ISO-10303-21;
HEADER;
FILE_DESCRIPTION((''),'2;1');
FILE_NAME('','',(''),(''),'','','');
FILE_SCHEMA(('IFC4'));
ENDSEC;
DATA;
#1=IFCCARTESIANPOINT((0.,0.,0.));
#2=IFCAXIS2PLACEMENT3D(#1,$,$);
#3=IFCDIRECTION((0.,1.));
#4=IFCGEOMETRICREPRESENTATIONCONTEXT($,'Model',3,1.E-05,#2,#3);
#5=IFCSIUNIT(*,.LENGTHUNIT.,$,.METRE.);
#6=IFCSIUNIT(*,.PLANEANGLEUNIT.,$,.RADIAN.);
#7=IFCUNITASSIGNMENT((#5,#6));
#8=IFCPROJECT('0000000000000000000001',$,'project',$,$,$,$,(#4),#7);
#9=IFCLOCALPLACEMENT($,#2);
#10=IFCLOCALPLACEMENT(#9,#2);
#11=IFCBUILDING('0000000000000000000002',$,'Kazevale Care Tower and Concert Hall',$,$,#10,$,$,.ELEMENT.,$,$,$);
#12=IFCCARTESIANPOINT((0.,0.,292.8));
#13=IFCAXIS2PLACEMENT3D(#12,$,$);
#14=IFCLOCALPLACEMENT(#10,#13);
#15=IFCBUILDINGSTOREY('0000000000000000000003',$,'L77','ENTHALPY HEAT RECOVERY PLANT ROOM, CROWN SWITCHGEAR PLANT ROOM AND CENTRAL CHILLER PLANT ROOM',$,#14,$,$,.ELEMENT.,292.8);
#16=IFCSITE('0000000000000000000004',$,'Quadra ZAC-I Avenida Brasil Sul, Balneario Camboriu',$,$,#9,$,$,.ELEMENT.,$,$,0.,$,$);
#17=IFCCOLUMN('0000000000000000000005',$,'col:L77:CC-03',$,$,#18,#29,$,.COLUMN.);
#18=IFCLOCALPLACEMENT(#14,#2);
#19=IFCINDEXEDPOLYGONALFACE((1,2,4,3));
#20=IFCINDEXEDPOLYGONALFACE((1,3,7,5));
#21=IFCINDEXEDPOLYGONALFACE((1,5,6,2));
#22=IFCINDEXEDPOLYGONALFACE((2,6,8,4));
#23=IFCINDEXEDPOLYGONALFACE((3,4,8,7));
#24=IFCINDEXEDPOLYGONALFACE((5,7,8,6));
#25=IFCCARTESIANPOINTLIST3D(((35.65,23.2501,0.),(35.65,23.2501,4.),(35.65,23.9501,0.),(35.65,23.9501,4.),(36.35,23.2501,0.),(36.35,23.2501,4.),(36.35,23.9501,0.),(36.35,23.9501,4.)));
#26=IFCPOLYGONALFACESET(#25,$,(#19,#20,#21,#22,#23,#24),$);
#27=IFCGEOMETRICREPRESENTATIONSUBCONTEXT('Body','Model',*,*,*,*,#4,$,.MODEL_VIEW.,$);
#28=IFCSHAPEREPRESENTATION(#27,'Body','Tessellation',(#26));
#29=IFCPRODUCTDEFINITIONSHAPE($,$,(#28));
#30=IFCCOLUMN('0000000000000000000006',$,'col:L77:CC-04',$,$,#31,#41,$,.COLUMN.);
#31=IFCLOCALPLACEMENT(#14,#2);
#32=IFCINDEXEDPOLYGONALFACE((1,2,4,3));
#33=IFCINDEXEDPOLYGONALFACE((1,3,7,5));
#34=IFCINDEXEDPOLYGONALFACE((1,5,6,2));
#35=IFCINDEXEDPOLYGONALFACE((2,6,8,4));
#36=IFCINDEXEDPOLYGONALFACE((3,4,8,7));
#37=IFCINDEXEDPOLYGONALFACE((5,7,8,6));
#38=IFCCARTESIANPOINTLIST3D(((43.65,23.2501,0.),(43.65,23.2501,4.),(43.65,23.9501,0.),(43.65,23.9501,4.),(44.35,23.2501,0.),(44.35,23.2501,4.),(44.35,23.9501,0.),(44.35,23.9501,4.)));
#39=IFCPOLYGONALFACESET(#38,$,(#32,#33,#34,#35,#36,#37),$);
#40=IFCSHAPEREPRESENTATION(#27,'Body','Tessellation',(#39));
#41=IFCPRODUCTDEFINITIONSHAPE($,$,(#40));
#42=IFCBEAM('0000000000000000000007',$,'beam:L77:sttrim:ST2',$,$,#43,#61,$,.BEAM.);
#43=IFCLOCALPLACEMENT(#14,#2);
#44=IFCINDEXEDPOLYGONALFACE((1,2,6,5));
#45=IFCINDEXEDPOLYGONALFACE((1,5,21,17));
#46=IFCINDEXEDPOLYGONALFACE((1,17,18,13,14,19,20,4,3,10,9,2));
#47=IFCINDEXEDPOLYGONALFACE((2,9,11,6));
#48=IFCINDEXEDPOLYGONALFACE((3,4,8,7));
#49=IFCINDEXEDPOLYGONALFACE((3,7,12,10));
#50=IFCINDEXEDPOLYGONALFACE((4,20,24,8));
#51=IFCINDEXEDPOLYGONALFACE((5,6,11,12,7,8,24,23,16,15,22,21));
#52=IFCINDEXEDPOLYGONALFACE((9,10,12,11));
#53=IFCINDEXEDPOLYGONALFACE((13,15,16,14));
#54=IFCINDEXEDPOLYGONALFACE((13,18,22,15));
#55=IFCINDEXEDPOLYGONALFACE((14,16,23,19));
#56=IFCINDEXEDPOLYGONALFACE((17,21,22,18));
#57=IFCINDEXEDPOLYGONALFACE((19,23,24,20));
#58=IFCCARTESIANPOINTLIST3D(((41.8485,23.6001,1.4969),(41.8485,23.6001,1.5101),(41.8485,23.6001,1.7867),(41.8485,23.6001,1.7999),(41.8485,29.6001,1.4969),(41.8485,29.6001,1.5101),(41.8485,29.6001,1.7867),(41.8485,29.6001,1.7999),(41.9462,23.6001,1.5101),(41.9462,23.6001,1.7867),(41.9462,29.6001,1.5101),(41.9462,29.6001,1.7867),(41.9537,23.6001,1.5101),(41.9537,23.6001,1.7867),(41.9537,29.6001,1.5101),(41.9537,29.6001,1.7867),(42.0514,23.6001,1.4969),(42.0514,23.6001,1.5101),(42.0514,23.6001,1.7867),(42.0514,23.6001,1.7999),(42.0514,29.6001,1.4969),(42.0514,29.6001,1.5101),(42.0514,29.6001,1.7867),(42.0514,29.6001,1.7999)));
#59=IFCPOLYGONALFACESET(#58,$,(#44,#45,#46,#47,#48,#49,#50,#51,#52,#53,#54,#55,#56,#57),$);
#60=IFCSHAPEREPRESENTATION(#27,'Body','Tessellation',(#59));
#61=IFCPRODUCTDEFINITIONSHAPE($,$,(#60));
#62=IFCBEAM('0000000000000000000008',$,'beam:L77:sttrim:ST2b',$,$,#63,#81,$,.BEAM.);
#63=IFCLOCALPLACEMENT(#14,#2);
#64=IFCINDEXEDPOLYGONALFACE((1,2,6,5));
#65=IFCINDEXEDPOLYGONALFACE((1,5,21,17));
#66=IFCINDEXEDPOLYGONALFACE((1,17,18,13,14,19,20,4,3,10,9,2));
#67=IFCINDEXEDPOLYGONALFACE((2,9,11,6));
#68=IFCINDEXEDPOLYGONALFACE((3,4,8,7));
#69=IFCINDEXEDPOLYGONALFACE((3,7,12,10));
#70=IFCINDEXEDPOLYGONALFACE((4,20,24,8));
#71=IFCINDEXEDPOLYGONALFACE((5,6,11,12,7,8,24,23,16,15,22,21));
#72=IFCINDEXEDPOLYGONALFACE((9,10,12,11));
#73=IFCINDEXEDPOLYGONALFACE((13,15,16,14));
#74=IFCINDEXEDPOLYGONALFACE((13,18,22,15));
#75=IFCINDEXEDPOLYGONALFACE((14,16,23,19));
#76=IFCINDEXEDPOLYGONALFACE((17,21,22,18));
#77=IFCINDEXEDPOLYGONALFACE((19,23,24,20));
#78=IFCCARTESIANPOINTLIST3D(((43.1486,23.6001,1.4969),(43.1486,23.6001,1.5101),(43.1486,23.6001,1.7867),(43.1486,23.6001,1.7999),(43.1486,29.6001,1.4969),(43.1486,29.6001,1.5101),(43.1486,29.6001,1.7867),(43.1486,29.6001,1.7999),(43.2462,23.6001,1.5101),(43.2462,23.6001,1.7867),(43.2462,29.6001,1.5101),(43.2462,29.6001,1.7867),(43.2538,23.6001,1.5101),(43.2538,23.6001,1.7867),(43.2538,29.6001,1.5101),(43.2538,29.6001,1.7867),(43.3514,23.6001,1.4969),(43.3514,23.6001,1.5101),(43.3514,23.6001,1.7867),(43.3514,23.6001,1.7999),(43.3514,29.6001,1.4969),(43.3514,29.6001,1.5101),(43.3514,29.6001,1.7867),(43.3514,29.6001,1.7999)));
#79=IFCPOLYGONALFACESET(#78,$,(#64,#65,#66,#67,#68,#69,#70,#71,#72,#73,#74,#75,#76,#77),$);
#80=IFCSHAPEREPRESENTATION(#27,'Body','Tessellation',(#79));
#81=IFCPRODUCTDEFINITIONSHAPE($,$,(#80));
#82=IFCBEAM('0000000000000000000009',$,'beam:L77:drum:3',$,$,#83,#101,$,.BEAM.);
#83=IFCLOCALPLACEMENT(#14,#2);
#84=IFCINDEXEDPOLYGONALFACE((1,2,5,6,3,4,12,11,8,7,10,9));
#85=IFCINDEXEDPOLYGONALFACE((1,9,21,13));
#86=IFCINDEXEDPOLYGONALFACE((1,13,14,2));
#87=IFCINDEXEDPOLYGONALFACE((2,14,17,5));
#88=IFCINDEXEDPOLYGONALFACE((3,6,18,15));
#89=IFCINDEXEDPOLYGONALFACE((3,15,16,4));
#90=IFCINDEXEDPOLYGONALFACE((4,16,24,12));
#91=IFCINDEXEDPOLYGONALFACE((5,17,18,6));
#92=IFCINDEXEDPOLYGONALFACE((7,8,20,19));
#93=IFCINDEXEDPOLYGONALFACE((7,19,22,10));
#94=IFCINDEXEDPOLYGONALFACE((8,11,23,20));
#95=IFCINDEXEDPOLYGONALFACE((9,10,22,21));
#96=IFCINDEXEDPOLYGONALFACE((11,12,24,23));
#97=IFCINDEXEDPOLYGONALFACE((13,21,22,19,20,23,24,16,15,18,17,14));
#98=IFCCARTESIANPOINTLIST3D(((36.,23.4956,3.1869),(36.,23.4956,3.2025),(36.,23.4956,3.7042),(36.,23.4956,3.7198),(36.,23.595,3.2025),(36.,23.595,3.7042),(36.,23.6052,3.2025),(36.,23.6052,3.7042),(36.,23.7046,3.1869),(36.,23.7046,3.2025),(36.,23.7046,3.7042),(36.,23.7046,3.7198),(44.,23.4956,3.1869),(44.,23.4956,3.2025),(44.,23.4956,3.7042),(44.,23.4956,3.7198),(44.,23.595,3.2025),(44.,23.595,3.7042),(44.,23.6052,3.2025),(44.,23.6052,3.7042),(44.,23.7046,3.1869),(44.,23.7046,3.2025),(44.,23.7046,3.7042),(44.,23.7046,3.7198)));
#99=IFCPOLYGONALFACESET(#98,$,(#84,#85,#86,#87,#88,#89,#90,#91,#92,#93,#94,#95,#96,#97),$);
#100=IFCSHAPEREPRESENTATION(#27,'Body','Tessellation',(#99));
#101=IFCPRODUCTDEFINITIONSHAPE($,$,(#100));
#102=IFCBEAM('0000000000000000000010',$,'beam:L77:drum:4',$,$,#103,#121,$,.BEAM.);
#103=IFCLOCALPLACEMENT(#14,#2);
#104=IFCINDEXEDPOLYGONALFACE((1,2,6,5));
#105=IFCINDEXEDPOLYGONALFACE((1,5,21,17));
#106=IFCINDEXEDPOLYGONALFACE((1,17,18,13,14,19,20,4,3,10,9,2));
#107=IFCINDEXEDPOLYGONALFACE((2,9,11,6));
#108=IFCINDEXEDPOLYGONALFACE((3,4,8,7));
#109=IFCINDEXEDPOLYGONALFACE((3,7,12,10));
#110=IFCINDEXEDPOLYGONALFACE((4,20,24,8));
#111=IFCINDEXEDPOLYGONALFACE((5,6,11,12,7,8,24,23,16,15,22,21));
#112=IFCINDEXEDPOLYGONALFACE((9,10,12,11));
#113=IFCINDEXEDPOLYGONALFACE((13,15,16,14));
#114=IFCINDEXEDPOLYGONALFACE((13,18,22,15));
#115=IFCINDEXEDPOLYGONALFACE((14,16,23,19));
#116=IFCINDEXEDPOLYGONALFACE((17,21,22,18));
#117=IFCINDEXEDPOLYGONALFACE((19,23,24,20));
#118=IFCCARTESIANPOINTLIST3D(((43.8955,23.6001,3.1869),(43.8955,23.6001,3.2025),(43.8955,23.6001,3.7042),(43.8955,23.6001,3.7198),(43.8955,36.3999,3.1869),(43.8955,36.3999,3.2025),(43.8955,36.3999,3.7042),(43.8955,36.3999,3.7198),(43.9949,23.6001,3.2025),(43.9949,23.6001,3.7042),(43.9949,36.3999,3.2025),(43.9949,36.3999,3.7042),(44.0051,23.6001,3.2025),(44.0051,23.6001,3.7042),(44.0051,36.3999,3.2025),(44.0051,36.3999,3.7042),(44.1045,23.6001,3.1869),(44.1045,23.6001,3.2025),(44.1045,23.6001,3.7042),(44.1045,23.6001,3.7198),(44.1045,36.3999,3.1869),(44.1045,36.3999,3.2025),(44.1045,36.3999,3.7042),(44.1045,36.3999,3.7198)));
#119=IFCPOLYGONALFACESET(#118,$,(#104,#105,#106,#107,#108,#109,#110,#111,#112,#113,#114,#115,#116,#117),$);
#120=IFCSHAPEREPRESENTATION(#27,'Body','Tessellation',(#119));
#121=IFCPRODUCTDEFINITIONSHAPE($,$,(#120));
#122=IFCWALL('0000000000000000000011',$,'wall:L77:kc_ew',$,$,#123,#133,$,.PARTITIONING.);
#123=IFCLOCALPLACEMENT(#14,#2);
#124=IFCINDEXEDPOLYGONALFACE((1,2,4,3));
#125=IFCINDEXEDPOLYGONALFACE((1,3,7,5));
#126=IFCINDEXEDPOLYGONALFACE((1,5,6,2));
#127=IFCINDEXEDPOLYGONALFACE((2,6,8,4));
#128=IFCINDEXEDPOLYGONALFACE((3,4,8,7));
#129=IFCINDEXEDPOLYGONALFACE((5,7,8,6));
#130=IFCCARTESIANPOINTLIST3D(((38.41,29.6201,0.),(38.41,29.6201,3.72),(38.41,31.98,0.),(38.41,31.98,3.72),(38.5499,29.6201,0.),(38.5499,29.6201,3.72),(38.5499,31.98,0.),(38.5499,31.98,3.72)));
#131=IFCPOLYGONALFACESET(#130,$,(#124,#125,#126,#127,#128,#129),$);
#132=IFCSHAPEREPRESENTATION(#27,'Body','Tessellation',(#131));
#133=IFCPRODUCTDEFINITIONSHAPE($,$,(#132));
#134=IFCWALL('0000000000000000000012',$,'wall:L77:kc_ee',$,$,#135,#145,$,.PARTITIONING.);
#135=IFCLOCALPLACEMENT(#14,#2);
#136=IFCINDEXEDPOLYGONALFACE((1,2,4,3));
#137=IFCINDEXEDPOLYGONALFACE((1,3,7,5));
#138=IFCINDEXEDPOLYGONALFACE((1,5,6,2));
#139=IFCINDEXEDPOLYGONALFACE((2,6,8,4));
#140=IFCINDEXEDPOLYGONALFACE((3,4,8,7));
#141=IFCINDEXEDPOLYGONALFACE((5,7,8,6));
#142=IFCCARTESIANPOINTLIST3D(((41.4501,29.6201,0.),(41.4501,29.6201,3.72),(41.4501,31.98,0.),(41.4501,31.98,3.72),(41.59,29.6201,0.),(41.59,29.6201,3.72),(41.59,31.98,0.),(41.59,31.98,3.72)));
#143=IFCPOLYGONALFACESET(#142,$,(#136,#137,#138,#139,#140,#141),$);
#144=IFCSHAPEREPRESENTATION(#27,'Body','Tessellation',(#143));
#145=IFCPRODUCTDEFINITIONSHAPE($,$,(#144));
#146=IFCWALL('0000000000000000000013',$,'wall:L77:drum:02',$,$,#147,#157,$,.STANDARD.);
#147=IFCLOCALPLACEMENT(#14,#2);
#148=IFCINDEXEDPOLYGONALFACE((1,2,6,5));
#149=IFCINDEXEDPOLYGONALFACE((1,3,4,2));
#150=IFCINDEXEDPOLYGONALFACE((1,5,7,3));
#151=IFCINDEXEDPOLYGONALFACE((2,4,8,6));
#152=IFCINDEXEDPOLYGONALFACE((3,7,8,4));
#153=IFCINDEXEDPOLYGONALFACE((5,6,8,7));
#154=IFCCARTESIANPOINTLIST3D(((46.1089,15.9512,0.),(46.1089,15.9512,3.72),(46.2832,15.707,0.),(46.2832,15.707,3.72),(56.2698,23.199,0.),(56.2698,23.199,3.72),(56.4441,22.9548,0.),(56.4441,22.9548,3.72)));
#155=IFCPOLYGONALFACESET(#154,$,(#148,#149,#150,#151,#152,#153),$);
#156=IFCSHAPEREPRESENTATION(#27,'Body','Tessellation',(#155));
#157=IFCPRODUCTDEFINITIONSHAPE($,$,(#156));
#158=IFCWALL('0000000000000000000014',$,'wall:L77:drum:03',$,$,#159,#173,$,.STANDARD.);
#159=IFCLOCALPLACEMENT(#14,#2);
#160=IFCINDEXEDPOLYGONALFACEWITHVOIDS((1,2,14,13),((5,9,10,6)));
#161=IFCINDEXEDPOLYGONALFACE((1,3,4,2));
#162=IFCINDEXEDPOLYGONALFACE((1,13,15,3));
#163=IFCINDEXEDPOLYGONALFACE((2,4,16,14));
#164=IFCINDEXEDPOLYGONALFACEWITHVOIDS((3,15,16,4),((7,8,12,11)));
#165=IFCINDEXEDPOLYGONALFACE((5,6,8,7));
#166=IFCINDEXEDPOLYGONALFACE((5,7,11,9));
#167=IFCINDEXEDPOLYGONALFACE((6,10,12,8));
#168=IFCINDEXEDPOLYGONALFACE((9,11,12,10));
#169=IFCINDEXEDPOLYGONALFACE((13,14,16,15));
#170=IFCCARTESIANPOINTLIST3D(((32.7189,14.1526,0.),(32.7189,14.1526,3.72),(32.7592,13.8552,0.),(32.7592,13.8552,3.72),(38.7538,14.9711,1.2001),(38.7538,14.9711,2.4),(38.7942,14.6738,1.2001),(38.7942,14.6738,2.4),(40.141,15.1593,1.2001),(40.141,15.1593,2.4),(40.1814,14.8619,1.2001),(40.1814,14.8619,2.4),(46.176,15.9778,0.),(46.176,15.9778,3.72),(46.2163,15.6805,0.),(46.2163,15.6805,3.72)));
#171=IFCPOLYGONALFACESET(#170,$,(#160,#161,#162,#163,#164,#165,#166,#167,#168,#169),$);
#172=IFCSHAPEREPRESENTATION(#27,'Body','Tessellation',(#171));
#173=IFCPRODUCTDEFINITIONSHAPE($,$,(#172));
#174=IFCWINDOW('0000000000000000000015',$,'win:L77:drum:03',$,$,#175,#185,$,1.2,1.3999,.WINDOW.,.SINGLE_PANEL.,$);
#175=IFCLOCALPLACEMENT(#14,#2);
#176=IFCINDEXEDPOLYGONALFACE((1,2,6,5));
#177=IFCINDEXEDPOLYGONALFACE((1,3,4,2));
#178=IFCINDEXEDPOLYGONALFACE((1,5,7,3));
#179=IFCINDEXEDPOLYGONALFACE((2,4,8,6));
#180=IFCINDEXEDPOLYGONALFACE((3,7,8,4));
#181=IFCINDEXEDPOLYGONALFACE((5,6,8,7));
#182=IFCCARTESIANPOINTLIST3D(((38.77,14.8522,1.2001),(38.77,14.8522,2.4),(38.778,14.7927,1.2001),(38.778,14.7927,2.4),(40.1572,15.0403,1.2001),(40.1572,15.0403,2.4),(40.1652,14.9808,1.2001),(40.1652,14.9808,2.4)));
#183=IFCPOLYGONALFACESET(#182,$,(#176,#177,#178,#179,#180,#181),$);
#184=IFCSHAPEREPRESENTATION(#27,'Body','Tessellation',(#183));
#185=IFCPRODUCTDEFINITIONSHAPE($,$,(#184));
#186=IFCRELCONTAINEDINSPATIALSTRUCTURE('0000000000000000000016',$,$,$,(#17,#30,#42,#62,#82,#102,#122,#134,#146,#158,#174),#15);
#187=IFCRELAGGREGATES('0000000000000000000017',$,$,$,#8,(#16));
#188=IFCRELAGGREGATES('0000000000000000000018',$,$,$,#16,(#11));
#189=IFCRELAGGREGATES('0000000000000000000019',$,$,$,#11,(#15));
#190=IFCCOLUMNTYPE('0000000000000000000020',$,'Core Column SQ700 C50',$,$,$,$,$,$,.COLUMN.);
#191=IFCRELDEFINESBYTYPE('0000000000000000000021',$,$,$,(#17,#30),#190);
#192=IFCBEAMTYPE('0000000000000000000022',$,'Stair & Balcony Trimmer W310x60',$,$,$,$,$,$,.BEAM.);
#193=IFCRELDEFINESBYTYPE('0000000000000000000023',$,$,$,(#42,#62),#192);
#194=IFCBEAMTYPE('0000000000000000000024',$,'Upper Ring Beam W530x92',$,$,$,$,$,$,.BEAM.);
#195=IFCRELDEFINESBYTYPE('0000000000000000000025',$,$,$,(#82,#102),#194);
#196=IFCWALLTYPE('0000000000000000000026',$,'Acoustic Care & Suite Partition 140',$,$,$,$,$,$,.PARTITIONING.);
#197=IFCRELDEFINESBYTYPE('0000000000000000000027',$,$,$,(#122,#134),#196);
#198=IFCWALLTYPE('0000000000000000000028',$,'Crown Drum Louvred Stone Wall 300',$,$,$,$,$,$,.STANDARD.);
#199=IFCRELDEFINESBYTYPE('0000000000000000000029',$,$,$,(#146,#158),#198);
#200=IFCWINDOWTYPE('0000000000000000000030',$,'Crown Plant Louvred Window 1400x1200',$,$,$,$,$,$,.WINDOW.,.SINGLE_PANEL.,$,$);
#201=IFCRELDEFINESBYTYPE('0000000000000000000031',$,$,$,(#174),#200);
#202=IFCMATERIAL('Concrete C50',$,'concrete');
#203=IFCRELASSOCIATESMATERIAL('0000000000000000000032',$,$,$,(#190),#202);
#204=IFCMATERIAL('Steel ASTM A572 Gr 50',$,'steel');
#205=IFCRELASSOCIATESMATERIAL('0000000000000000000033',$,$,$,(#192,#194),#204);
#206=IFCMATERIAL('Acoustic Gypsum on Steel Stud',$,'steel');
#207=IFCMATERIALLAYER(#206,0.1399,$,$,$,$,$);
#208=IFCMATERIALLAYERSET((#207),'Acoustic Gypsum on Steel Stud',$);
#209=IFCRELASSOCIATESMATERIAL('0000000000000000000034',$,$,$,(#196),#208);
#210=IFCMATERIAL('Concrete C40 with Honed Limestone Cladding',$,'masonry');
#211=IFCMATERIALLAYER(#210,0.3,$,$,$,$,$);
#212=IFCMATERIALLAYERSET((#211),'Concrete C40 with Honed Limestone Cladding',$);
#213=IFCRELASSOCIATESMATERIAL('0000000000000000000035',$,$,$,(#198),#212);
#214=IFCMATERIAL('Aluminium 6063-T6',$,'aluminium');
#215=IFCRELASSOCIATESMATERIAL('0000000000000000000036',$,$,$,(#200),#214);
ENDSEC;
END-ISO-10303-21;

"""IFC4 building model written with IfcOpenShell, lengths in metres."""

from ifc_helpers import new_model, si_unit, direction, frame, frame_2d, origin, origin_2d, place, context, subcontext, project, spatial, rectangle, i_section, extrude, material, layer, layer_set, material_profile, profile_set, type_object, element, fill, save


model = new_model("IFC4")

# Units and contexts
model_context = context("Model", 3, precision=1e-05, world=origin(), true_north=direction((0.0, 1.0)))
body_context = subcontext(model_context, "Body", "Model", "MODEL_VIEW")
ifc_project = project(units=[si_unit("LENGTHUNIT", "METRE"), si_unit("PLANEANGLEUNIT", "RADIAN")], contexts=[model_context])

# Site, building, storey
site_placement = place(None, origin())
site = spatial("IfcSite", under=ifc_project, at=site_placement, Name="Quadra ZAC-I Avenida Brasil Sul, Balneario Camboriu", CompositionType="ELEMENT", RefElevation=0.0)
building_placement = place(site_placement, origin())
building = spatial("IfcBuilding", under=site, at=building_placement, Name="Kazevale Care Tower and Concert Hall", CompositionType="ELEMENT")
storey_placement = place(building_placement, frame((0.0, 0.0, 292.8)))
storey = spatial("IfcBuildingStorey", under=building, at=storey_placement, Name="L77", Description="ENTHALPY HEAT RECOVERY PLANT ROOM, CROWN SWITCHGEAR PLANT ROOM AND CENTRAL CHILLER PLANT ROOM", CompositionType="ELEMENT", Elevation=292.8)

# Columns
ifc_material_1 = material(Name="Concrete C50", Category="concrete")
ifc_material_profile_1 = material_profile(ifc_material_1, rectangle(XDim=0.7, YDim=0.7, at=origin_2d()), Name="RC-SQ700")
ifc_profile_set_1 = profile_set([ifc_material_profile_1], Name="Concrete C50")
column_type = type_object("IfcColumnType", Name="Core Column SQ700 C50", PredefinedType="COLUMN", material=ifc_profile_set_1)
for number, where, z_axis, x_axis, name in (
    (1, (36.0, 23.6001, 0.0), (0.0, 0.0, 1.0), (1.0, 0.0, 0.0), "col:L77:CC-03"),
    (2, (44.0, 23.6001, 0.0), (0.0, 0.0, 1.0), (1.0, 0.0, 0.0), "col:L77:CC-04"),
):
    element("IfcColumn", number, at=place(storey_placement, frame(where, z_axis=z_axis, x_axis=x_axis)), inside=storey, type_object=column_type, Name=name, PredefinedType="COLUMN", context=body_context, shape_type="SweptSolid", body=[
        extrude(rectangle(XDim=0.7, YDim=0.7, at=origin_2d()), origin(), (0.0, 0.0, 1.0), 4.0),
    ])

# Beams
ifc_material_2 = material(Name="Steel ASTM A572 Gr 50", Category="steel")
ifc_material_profile_2 = material_profile(ifc_material_2, i_section(OverallWidth=0.2029, OverallDepth=0.303, WebThickness=0.0076, FlangeThickness=0.0132, at=origin_2d()), Name="W310x60")
ifc_profile_set_2 = profile_set([ifc_material_profile_2], Name="Steel ASTM A572 Gr 50")
beam_type_1 = type_object("IfcBeamType", Name="Stair & Balcony Trimmer W310x60", PredefinedType="BEAM", material=ifc_profile_set_2)
for number, where, z_axis, x_axis, name in (
    (3, (41.95, 23.6001, 1.6484), (0.0, 1.0, 0.0), (-1.0, 0.0, 0.0), "beam:L77:sttrim:ST2"),
    (4, (43.25, 23.6001, 1.6484), (0.0, 1.0, 0.0), (-1.0, 0.0, 0.0), "beam:L77:sttrim:ST2b"),
):
    element("IfcBeam", number, at=place(storey_placement, frame(where, z_axis=z_axis, x_axis=x_axis)), inside=storey, type_object=beam_type_1, Name=name, PredefinedType="BEAM", context=body_context, shape_type="SweptSolid", body=[
        extrude(i_section(OverallWidth=0.2029, OverallDepth=0.303, WebThickness=0.0076, FlangeThickness=0.0132, at=origin_2d()), origin(), (0.0, 0.0, 1.0), 6.0),
    ])
ifc_material_profile_3 = material_profile(ifc_material_2, i_section(OverallWidth=0.209, OverallDepth=0.533, WebThickness=0.0103, FlangeThickness=0.0156, at=origin_2d()), Name="W530x92")
ifc_profile_set_3 = profile_set([ifc_material_profile_3], Name="Steel ASTM A572 Gr 50")
beam_type_2 = type_object("IfcBeamType", Name="Upper Ring Beam W530x92", PredefinedType="BEAM", material=ifc_profile_set_3)
beam_1_placement = place(storey_placement, frame((36.0, 23.6001, 3.4534), z_axis=(1.0, 0.0, 0.0), x_axis=(0.0, 1.0, 0.0)))
element("IfcBeam", 5, at=beam_1_placement, inside=storey, type_object=beam_type_2, Name="beam:L77:drum:3", PredefinedType="BEAM", context=body_context, shape_type="SweptSolid", body=[
    extrude(i_section(OverallWidth=0.209, OverallDepth=0.533, WebThickness=0.0103, FlangeThickness=0.0156, at=origin_2d()), origin(), (0.0, 0.0, 1.0), 8.0),
])
beam_2_placement = place(storey_placement, frame((44.0, 23.6001, 3.4534), z_axis=(0.0, 1.0, 0.0), x_axis=(-1.0, 0.0, 0.0)))
element("IfcBeam", 6, at=beam_2_placement, inside=storey, type_object=beam_type_2, Name="beam:L77:drum:4", PredefinedType="BEAM", context=body_context, shape_type="SweptSolid", body=[
    extrude(i_section(OverallWidth=0.209, OverallDepth=0.533, WebThickness=0.0103, FlangeThickness=0.0156, at=origin_2d()), origin(), (0.0, 0.0, 1.0), 12.7998),
])

# Walls
ifc_material_3 = material(Name="Acoustic Gypsum on Steel Stud", Category="steel")
ifc_layer_1 = layer(ifc_material_3, 0.1399)
ifc_layer_set_1 = layer_set([ifc_layer_1], Name="Acoustic Gypsum on Steel Stud")
wall_type_1 = type_object("IfcWallType", Name="Acoustic Care & Suite Partition 140", PredefinedType="PARTITIONING", material=ifc_layer_set_1)
for number, where, z_axis, x_axis, name in (
    (7, (38.48, 29.6201, 0.0), (0.0, 0.0, 1.0), (0.0, 1.0, 0.0), "wall:L77:kc_ew"),
    (8, (41.52, 29.6201, 0.0), (0.0, 0.0, 1.0), (0.0, 1.0, 0.0), "wall:L77:kc_ee"),
):
    element("IfcWall", number, at=place(storey_placement, frame(where, z_axis=z_axis, x_axis=x_axis)), inside=storey, type_object=wall_type_1, Name=name, PredefinedType="PARTITIONING", context=body_context, shape_type="SweptSolid", body=[
        extrude(rectangle(XDim=2.3599, YDim=0.1399, at=frame_2d((1.1799, 0.0))), origin(), (0.0, 0.0, 1.0), 3.72),
    ])

# Wall
ifc_material_4 = material(Name="Concrete C40 with Honed Limestone Cladding", Category="masonry")
ifc_layer_2 = layer(ifc_material_4, 0.3)
ifc_layer_set_2 = layer_set([ifc_layer_2], Name="Concrete C40 with Honed Limestone Cladding")
wall_type_2 = type_object("IfcWallType", Name="Crown Drum Louvred Stone Wall 300", PredefinedType="STANDARD", material=ifc_layer_set_2)
wall_1_placement = place(storey_placement, frame((56.3569, 23.0769, 0.0), z_axis=(0.0, 0.0, 1.0), x_axis=(-0.814111, -0.580709, 0.0)))
element("IfcWall", 9, at=wall_1_placement, inside=storey, type_object=wall_type_2, Name="wall:L77:drum:02", PredefinedType="STANDARD", context=body_context, shape_type="SweptSolid", body=[
    extrude(rectangle(XDim=12.481, YDim=0.3, at=frame_2d((6.2405, 0.0))), origin(), (0.0, 0.0, 1.0), 3.72),
])

# Wall, opening, window
wall_2_placement = place(storey_placement, frame((46.196, 15.8291, 0.0), z_axis=(0.0, 0.0, 1.0), x_axis=(-0.990927, -0.134401, 0.0)))
wall_2 = element("IfcWall", 10, at=wall_2_placement, inside=storey, type_object=wall_type_2, Name="wall:L77:drum:03", PredefinedType="STANDARD", context=body_context, shape_type="SweptSolid", body=[
    extrude(rectangle(XDim=13.5803, YDim=0.3, at=frame_2d((6.79, 0.0))), origin(), (0.0, 0.0, 1.0), 3.72),
])
opening_1_placement = place(wall_2_placement, frame((6.0901, 0.0, 1.2)))
opening_1 = element("IfcOpeningElement", 11, at=opening_1_placement, cuts=wall_2, PredefinedType="OPENING", context=body_context, shape_type="SweptSolid", body=[
    extrude(rectangle(XDim=1.3999, YDim=1.2, at=frame_2d((0.7, 0.6001))), frame((0.0, 0.1599, 0.0), z_axis=(0.0, -1.0, 0.0), x_axis=(1.0, 0.0, 0.0)), (0.0, 0.0, 1.0), 0.3201),
])
ifc_material_5 = material(Name="Aluminium 6063-T6", Category="aluminium")
window_type = type_object("IfcWindowType", Name="Crown Plant Louvred Window 1400x1200", PartitioningType="SINGLE_PANEL", PredefinedType="WINDOW", material=ifc_material_5)
window_placement = place(opening_1_placement, origin())
window = element("IfcWindow", 12, at=window_placement, inside=storey, type_object=window_type, Name="win:L77:drum:03", OverallHeight=1.2, OverallWidth=1.3999, PartitioningType="SINGLE_PANEL", PredefinedType="WINDOW", context=body_context, shape_type="SweptSolid", body=[
    extrude(rectangle(XDim=1.3999, YDim=1.2, at=frame_2d((0.7, 0.6001))), frame((0.0, 0.03, 0.0), z_axis=(0.0, -1.0, 0.0), x_axis=(1.0, 0.0, 0.0)), (0.0, 0.0, 1.0), 0.0601),
])
fill(opening_1, window)

save(model, "model.ifc")
